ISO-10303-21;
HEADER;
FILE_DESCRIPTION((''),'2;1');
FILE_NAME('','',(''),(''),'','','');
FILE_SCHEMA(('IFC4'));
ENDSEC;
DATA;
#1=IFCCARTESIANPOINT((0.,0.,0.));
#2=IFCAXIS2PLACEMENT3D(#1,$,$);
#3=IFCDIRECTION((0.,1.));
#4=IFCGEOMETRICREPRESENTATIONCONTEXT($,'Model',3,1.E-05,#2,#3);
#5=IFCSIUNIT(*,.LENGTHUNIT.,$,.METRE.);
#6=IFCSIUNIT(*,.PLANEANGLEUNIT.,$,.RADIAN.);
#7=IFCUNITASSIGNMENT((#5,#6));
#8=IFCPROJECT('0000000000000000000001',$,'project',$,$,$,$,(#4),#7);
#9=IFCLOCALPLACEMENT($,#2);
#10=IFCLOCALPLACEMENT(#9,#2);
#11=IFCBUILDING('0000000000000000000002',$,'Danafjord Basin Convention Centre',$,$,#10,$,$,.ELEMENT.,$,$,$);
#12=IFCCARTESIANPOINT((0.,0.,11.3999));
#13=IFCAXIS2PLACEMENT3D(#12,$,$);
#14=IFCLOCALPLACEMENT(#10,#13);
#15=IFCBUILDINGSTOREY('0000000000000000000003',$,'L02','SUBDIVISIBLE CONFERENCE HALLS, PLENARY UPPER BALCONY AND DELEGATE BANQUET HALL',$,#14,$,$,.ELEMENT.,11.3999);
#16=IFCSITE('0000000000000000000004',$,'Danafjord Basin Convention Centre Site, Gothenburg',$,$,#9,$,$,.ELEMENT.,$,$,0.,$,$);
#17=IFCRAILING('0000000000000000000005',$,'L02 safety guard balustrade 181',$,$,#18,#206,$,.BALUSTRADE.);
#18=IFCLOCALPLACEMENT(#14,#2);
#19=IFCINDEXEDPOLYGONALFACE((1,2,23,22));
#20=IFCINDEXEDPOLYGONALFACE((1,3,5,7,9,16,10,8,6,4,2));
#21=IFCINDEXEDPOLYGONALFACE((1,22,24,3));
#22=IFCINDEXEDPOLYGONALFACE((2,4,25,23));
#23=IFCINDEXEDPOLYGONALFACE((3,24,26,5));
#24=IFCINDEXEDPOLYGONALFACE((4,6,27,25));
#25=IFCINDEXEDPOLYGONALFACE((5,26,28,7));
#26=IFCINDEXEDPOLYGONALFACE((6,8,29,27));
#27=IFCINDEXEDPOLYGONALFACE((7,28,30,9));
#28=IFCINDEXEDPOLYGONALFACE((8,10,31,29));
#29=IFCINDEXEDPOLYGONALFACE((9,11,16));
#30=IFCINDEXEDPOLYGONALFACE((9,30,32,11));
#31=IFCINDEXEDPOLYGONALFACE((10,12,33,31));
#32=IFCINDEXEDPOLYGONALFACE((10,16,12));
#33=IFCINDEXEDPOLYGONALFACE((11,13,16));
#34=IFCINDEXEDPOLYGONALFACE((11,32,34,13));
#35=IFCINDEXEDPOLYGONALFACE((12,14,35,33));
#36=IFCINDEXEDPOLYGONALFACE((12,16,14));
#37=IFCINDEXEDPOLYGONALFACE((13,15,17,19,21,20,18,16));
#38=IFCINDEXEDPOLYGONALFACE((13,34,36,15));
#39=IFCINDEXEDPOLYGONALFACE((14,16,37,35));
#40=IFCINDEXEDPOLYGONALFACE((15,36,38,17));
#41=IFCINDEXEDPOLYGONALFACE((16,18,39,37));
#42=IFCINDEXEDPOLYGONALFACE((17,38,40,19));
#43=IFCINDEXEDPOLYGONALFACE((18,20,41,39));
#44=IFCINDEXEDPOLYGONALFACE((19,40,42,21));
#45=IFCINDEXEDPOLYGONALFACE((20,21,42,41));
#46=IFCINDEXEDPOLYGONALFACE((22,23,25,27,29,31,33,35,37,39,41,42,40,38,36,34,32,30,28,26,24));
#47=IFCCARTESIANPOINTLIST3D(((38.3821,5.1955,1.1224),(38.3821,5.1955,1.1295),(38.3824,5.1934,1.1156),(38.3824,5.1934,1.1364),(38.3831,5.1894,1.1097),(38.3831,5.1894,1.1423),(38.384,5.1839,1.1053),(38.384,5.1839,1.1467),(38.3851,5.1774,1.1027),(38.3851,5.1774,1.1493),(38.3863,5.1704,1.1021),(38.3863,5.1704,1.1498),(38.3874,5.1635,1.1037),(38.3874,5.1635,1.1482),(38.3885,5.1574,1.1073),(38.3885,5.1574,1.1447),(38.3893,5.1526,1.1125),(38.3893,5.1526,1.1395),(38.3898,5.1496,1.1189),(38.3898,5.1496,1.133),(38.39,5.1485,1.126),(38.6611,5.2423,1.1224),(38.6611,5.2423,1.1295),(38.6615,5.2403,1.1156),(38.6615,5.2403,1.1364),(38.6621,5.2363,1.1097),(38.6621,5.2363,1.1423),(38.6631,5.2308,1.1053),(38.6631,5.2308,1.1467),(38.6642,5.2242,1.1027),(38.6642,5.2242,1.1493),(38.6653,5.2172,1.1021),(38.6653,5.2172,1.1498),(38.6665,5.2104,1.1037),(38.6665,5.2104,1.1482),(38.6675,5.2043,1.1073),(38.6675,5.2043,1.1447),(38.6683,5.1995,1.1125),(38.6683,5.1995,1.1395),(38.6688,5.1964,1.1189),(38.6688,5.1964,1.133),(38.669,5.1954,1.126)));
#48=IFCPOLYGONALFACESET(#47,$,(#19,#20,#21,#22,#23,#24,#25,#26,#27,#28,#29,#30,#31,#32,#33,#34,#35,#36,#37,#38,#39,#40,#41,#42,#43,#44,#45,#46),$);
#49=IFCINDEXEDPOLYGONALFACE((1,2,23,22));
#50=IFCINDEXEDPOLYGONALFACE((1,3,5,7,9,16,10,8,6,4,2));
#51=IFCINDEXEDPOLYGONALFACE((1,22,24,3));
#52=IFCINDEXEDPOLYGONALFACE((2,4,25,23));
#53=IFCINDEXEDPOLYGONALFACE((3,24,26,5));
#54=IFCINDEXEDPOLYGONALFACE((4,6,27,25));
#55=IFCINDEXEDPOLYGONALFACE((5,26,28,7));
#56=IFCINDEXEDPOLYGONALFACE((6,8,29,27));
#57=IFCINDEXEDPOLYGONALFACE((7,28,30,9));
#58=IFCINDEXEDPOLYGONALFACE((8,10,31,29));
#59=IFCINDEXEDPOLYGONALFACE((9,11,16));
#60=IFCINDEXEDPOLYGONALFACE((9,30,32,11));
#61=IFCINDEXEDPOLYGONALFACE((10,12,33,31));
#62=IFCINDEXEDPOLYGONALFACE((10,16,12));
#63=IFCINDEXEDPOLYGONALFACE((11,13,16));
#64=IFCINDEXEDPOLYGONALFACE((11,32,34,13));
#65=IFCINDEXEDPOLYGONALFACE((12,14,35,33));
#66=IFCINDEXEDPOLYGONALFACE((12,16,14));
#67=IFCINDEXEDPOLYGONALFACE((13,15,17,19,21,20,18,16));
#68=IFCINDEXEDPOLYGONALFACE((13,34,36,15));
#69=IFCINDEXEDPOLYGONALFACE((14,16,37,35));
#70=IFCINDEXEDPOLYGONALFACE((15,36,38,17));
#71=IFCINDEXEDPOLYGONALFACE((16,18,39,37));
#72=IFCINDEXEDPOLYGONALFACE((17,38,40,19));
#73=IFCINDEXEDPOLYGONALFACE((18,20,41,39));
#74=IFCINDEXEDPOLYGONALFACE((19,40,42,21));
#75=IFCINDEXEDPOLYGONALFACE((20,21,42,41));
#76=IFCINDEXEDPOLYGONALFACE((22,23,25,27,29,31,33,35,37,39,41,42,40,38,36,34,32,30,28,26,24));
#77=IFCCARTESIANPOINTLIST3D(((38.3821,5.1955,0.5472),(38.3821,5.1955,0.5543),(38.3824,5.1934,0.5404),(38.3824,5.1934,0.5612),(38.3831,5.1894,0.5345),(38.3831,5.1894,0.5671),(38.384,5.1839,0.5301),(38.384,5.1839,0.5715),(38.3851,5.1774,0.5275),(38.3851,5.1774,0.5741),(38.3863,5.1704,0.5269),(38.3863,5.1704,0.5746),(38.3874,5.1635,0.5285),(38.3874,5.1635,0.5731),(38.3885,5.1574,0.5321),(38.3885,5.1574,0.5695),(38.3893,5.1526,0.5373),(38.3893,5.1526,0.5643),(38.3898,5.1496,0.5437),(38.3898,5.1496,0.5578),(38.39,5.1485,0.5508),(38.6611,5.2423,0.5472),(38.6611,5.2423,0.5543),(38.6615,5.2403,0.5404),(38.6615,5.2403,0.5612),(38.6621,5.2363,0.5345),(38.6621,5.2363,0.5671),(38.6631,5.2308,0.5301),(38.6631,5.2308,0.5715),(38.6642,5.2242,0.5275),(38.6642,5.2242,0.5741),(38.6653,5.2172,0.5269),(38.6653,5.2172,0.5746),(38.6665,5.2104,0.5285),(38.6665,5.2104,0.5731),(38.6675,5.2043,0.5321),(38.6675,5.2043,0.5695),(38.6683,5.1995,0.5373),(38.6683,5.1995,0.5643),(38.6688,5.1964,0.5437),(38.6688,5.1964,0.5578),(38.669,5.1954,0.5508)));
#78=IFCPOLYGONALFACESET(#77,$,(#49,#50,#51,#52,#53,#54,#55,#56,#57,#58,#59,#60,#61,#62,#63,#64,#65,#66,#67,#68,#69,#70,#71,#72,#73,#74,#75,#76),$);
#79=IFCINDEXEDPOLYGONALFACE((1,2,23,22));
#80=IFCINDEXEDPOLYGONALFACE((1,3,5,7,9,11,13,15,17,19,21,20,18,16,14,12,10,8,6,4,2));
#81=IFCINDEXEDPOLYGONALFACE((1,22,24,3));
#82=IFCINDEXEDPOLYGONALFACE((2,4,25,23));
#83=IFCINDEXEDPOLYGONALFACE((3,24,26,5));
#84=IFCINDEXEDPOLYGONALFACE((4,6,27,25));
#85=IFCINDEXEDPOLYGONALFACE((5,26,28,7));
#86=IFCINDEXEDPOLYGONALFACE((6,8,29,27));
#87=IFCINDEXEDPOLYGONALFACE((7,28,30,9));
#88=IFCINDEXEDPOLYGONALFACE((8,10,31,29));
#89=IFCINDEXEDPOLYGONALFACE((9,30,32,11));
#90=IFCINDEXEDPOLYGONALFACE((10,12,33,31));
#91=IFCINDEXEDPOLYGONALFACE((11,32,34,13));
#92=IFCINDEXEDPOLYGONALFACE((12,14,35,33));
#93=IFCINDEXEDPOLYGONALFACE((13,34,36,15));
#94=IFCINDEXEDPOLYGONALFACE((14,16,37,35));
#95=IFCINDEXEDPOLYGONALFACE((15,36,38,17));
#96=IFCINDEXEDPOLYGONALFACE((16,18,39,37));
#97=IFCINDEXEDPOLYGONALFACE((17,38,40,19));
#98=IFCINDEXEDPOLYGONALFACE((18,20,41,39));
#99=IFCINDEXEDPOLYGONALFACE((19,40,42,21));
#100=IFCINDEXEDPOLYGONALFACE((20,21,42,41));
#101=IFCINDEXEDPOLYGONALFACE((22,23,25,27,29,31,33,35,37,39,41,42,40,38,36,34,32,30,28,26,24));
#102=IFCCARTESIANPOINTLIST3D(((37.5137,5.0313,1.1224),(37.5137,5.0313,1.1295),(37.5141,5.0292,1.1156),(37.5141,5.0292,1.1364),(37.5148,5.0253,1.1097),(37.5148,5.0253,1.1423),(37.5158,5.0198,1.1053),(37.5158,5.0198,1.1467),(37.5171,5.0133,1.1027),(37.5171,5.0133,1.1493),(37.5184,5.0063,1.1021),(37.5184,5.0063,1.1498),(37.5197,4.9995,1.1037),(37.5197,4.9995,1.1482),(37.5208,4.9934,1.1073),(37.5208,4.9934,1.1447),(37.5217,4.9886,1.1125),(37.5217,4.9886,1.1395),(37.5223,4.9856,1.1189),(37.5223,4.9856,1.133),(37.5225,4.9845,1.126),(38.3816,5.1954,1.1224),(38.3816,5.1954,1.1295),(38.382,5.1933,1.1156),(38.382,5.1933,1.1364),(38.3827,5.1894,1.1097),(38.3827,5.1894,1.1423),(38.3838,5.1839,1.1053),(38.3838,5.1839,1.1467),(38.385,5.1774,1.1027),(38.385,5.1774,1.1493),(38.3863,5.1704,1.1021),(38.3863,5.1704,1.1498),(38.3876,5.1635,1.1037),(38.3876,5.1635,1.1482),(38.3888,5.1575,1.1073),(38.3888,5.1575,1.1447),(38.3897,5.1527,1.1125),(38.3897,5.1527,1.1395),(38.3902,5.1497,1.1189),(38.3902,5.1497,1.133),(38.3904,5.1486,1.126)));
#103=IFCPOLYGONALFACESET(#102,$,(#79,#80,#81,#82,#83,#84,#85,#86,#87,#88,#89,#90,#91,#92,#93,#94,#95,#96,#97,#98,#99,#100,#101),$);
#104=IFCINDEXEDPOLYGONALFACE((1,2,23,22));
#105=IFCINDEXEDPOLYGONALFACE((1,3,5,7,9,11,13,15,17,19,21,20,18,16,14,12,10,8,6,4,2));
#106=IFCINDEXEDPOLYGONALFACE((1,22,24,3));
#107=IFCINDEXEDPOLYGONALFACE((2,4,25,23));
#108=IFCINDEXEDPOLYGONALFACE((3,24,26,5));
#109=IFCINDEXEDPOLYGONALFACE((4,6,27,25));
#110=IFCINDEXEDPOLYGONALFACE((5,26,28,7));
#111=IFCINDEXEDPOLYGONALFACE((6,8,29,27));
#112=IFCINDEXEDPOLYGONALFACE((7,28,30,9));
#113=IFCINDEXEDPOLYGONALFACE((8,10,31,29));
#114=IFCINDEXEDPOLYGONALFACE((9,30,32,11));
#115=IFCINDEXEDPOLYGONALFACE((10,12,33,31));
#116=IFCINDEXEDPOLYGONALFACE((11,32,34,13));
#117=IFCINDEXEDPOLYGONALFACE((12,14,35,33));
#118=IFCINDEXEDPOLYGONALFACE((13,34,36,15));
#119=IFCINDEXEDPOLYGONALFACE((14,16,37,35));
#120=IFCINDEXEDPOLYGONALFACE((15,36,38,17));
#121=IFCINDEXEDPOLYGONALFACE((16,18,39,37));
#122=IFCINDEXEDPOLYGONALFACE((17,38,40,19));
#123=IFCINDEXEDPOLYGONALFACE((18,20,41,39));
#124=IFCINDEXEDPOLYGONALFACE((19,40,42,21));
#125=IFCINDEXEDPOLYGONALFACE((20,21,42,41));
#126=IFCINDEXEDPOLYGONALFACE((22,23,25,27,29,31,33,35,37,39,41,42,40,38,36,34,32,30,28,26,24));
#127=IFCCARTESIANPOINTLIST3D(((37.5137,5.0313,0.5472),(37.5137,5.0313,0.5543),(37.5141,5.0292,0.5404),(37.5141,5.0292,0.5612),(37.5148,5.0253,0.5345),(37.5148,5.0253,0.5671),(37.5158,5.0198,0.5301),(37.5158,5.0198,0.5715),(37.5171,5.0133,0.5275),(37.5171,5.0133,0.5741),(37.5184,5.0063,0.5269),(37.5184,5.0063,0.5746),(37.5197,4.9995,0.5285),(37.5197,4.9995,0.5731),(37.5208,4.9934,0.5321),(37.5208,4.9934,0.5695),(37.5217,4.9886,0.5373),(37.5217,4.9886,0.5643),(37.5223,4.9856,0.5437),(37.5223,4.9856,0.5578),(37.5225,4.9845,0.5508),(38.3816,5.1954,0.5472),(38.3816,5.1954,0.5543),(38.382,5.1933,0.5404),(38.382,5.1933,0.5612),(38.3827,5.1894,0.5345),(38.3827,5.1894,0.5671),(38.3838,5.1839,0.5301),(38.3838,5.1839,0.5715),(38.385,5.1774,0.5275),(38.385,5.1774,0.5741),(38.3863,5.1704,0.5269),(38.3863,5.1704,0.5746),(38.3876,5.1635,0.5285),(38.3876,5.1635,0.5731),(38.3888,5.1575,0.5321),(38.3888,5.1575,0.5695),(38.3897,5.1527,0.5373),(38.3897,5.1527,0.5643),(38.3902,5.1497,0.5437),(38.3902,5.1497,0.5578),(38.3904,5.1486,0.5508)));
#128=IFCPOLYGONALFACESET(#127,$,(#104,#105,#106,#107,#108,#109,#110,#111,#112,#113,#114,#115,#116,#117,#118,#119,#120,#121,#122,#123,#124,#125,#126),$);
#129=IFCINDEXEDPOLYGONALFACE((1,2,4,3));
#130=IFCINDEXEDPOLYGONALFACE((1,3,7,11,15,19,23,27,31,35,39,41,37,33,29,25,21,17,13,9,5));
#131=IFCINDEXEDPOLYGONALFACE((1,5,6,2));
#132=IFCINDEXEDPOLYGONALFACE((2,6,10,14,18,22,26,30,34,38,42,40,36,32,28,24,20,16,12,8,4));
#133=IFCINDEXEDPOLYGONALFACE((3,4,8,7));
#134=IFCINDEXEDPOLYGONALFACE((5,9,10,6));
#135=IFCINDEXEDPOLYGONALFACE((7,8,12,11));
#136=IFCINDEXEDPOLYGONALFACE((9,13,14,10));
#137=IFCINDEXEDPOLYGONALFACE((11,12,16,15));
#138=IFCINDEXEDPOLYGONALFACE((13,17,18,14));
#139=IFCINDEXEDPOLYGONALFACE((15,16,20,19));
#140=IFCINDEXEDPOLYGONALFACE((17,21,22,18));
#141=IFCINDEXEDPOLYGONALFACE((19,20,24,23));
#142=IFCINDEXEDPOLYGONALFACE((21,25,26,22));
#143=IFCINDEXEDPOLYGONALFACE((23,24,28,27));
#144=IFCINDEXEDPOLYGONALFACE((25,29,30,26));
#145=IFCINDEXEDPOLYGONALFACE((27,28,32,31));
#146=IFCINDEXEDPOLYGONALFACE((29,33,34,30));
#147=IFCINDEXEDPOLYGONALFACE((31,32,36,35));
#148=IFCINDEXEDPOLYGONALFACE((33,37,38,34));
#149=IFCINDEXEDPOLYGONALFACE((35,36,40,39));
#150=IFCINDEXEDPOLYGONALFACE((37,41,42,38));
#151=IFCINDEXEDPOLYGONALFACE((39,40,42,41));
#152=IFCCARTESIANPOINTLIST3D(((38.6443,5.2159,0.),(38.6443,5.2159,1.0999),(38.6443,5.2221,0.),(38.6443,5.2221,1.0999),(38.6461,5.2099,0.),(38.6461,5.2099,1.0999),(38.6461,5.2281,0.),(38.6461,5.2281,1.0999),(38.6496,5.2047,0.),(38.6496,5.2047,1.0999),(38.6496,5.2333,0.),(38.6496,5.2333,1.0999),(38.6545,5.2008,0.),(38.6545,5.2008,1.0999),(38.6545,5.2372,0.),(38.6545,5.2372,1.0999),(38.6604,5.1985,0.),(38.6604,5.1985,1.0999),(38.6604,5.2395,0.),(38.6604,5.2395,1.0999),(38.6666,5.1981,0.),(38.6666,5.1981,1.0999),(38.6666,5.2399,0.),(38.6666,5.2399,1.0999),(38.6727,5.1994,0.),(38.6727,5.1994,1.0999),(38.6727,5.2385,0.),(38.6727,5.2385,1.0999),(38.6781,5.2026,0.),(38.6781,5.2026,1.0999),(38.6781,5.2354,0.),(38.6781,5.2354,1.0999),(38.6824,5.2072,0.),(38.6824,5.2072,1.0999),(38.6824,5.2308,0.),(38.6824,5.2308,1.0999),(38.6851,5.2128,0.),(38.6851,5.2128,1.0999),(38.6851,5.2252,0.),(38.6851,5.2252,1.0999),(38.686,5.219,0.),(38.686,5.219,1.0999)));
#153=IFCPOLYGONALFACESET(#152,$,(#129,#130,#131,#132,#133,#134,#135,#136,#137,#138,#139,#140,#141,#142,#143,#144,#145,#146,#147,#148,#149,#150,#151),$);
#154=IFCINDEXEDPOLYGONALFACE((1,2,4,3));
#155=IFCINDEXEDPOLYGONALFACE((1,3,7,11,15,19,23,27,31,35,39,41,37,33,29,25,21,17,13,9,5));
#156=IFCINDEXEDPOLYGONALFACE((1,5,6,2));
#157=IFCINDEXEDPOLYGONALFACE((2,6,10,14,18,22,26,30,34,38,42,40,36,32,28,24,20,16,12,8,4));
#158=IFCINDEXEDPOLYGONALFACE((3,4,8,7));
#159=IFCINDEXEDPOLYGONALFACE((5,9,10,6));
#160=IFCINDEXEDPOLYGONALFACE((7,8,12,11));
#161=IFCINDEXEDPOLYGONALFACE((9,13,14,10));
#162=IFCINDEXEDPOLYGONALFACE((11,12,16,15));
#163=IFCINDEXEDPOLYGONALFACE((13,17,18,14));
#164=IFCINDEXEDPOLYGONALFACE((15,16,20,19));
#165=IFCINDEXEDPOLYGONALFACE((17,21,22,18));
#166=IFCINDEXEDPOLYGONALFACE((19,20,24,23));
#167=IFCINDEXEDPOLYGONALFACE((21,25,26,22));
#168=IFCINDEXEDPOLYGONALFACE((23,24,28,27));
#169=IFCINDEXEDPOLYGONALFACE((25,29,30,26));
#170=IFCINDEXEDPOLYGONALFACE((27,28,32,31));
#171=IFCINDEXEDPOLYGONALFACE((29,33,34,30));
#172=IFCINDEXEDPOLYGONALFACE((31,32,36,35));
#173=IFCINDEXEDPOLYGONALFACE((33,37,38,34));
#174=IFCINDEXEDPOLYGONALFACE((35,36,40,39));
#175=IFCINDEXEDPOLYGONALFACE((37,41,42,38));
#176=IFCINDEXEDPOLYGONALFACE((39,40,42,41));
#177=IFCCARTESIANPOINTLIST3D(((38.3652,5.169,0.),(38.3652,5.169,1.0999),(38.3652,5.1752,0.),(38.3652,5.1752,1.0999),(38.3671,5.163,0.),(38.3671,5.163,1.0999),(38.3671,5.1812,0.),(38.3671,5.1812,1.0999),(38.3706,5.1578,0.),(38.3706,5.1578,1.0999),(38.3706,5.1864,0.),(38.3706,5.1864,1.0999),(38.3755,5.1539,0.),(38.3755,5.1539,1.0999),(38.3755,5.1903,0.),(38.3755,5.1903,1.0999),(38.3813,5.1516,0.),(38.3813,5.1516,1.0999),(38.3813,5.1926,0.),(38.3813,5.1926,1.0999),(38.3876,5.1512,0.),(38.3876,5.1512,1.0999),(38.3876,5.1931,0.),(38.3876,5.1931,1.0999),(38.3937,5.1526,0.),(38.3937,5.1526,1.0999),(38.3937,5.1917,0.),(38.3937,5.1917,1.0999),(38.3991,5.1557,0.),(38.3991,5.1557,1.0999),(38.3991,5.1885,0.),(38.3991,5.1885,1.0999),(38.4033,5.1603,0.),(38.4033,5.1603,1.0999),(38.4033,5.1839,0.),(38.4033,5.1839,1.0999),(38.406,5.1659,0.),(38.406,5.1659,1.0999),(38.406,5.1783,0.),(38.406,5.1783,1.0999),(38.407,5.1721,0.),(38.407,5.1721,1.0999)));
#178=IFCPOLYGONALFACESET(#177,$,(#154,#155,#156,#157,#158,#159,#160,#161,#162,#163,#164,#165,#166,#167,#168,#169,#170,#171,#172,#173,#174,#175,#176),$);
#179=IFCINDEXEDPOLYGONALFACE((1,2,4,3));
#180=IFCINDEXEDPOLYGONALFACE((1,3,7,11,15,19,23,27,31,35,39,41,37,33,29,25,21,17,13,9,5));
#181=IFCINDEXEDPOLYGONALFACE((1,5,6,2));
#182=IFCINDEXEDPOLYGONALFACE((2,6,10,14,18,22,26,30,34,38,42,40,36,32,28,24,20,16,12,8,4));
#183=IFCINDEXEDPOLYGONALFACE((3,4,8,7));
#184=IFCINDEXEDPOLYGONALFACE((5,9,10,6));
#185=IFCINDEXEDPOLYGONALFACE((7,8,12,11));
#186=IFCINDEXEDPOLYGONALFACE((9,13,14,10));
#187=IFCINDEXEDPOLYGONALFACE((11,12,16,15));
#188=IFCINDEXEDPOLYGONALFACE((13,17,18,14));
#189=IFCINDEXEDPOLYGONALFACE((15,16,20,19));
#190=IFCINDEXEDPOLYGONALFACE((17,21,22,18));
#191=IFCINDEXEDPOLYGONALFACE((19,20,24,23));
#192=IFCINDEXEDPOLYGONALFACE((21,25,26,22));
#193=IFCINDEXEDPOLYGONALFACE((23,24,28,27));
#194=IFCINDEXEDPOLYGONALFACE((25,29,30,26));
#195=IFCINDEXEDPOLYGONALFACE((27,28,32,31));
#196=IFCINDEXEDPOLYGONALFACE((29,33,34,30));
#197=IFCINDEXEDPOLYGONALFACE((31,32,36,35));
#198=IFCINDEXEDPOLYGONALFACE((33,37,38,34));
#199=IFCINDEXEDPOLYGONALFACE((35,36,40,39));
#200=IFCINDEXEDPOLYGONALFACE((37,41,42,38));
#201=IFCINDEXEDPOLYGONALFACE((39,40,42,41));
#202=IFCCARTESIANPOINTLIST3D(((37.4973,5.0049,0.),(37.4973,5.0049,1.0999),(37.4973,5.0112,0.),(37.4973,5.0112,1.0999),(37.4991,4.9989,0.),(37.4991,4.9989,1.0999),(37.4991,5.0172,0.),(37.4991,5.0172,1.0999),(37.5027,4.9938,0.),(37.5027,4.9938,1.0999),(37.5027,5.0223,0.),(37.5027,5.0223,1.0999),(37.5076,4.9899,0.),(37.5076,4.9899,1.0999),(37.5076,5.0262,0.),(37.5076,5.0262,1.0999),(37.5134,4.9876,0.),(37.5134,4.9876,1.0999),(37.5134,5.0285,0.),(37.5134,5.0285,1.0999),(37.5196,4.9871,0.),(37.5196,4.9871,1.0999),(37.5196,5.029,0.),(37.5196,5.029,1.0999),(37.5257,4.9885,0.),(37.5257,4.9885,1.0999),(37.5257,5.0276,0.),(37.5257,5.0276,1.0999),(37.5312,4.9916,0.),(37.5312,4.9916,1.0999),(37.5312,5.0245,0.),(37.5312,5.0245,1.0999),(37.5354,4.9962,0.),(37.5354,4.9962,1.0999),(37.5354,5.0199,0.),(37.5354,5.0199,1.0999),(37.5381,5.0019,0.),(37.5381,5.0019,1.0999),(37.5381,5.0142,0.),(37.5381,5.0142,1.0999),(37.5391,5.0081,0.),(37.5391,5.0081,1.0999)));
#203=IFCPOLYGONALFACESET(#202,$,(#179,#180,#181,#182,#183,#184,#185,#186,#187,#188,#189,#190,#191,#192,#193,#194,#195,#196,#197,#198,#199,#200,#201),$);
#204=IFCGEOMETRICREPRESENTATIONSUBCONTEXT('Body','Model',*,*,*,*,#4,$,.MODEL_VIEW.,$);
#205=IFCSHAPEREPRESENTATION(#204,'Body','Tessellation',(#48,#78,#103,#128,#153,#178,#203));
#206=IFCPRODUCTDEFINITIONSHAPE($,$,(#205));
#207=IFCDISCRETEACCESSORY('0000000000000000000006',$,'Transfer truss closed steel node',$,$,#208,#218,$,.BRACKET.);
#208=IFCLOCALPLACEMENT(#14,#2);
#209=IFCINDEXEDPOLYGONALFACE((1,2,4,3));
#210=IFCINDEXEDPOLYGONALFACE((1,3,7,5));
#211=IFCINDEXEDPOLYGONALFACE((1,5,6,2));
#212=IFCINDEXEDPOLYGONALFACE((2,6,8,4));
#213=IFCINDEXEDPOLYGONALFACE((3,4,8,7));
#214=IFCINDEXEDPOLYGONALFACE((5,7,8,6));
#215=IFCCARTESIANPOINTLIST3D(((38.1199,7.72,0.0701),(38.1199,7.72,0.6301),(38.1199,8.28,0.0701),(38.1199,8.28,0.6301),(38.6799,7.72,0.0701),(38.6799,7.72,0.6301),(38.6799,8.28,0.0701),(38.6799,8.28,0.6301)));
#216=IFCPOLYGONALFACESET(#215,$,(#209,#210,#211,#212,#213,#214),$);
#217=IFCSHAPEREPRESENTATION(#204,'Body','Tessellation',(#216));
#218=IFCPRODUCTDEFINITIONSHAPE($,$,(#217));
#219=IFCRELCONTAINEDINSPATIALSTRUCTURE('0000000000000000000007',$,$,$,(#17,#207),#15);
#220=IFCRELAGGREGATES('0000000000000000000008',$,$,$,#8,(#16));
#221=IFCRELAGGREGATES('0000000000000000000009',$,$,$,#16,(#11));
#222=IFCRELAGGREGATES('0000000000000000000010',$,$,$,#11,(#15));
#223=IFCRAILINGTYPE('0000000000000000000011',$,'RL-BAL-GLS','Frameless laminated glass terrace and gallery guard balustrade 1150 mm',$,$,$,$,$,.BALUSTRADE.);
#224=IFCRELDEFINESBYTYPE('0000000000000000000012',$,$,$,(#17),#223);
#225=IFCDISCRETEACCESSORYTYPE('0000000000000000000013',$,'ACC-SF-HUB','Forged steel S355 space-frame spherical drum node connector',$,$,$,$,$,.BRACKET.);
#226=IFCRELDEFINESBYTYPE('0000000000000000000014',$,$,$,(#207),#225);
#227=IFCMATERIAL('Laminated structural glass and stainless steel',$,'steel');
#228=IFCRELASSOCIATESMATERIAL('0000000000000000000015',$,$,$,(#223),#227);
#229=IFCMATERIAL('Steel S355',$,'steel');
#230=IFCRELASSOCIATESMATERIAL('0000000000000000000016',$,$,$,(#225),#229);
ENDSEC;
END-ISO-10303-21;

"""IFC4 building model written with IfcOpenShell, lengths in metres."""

from ifc_helpers import new_model, si_unit, direction, frame, origin, origin_2d, place, context, subcontext, project, spatial, rectangle, circle, extrude, material, type_object, element, save


model = new_model("IFC4")

# Units and contexts
model_context = context("Model", 3, precision=1e-05, world=origin(), true_north=direction((0.0, 1.0)))
body_context = subcontext(model_context, "Body", "Model", "MODEL_VIEW")
ifc_project = project(units=[si_unit("LENGTHUNIT", "METRE"), si_unit("PLANEANGLEUNIT", "RADIAN")], contexts=[model_context])

# Site, building, storey
site_placement = place(None, origin())
site = spatial("IfcSite", under=ifc_project, at=site_placement, Name="Danafjord Basin Convention Centre Site, Gothenburg", CompositionType="ELEMENT", RefElevation=0.0)
building_placement = place(site_placement, origin())
building = spatial("IfcBuilding", under=site, at=building_placement, Name="Danafjord Basin Convention Centre", CompositionType="ELEMENT")
storey_placement = place(building_placement, frame((0.0, 0.0, 11.3999)))
storey = spatial("IfcBuildingStorey", under=building, at=storey_placement, Name="L02", Description="SUBDIVISIBLE CONFERENCE HALLS, PLENARY UPPER BALCONY AND DELEGATE BANQUET HALL", CompositionType="ELEMENT", Elevation=11.3999)

# Shared definitions
ifc_material_1 = material(Name="Steel S355", Category="steel")

# Railing
ifc_material_2 = material(Name="Laminated structural glass and stainless steel", Category="steel")
railing_type = type_object("IfcRailingType", Name="RL-BAL-GLS", Description="Frameless laminated glass terrace and gallery guard balustrade 1150 mm", PredefinedType="BALUSTRADE", material=ifc_material_2)
railing_placement = place(storey_placement, frame((38.665, 5.219, 0.0)))
element("IfcRailing", 1, at=railing_placement, inside=storey, type_object=railing_type, Name="L02 safety guard balustrade 181", PredefinedType="BALUSTRADE", context=body_context, shape_type="SweptSolid", body=[
    extrude(circle(Radius=0.0239, at=origin_2d()), frame((0.0, 0.0, 1.126), z_axis=(-0.986183, -0.165658, 0.0), x_axis=(0.165658, -0.986183, 0.0)), (0.0, 0.0, 1.0), 0.283),
    extrude(circle(Radius=0.0239, at=origin_2d()), frame((0.0, 0.0, 0.5508), z_axis=(-0.986183, -0.165658, 0.0), x_axis=(0.165658, -0.986183, 0.0)), (0.0, 0.0, 1.0), 0.283),
    extrude(circle(Radius=0.0239, at=origin_2d()), frame((-0.2791, -0.0469, 1.126), z_axis=(-0.982599, -0.18574, 0.0), x_axis=(0.18574, -0.982599, 0.0)), (0.0, 0.0, 1.0), 0.8833),
    extrude(circle(Radius=0.0239, at=origin_2d()), frame((-0.2791, -0.0469, 0.5508), z_axis=(-0.982599, -0.18574, 0.0), x_axis=(0.18574, -0.982599, 0.0)), (0.0, 0.0, 1.0), 0.8833),
    extrude(circle(Radius=0.021, at=origin_2d()), origin(), (0.0, 0.0, 1.0), 1.0999),
    extrude(circle(Radius=0.021, at=origin_2d()), frame((-0.2791, -0.0469, 0.0)), (0.0, 0.0, 1.0), 1.0999),
    extrude(circle(Radius=0.021, at=origin_2d()), frame((-1.147, -0.2109, 0.0)), (0.0, 0.0, 1.0), 1.0999),
])

# Discrete accessory
discrete_accessory_type = type_object("IfcDiscreteAccessoryType", Name="ACC-SF-HUB", Description="Forged steel S355 space-frame spherical drum node connector", PredefinedType="BRACKET", material=ifc_material_1)
for number, where, z_axis, x_axis, name in (
    (2, (38.3999, 8.0, 0.0701), (0.0, 0.0, 1.0), (1.0, 0.0, 0.0), "Transfer truss closed steel node"),
):
    element("IfcDiscreteAccessory", number, at=place(storey_placement, frame(where, z_axis=z_axis, x_axis=x_axis)), inside=storey, type_object=discrete_accessory_type, Name=name, PredefinedType="BRACKET", context=body_context, shape_type="SweptSolid", body=[
        extrude(rectangle(XDim=0.5601, YDim=0.5601, at=origin_2d()), origin(), (0.0, 0.0, 1.0), 0.5601),
    ])

save(model, "model.ifc")
